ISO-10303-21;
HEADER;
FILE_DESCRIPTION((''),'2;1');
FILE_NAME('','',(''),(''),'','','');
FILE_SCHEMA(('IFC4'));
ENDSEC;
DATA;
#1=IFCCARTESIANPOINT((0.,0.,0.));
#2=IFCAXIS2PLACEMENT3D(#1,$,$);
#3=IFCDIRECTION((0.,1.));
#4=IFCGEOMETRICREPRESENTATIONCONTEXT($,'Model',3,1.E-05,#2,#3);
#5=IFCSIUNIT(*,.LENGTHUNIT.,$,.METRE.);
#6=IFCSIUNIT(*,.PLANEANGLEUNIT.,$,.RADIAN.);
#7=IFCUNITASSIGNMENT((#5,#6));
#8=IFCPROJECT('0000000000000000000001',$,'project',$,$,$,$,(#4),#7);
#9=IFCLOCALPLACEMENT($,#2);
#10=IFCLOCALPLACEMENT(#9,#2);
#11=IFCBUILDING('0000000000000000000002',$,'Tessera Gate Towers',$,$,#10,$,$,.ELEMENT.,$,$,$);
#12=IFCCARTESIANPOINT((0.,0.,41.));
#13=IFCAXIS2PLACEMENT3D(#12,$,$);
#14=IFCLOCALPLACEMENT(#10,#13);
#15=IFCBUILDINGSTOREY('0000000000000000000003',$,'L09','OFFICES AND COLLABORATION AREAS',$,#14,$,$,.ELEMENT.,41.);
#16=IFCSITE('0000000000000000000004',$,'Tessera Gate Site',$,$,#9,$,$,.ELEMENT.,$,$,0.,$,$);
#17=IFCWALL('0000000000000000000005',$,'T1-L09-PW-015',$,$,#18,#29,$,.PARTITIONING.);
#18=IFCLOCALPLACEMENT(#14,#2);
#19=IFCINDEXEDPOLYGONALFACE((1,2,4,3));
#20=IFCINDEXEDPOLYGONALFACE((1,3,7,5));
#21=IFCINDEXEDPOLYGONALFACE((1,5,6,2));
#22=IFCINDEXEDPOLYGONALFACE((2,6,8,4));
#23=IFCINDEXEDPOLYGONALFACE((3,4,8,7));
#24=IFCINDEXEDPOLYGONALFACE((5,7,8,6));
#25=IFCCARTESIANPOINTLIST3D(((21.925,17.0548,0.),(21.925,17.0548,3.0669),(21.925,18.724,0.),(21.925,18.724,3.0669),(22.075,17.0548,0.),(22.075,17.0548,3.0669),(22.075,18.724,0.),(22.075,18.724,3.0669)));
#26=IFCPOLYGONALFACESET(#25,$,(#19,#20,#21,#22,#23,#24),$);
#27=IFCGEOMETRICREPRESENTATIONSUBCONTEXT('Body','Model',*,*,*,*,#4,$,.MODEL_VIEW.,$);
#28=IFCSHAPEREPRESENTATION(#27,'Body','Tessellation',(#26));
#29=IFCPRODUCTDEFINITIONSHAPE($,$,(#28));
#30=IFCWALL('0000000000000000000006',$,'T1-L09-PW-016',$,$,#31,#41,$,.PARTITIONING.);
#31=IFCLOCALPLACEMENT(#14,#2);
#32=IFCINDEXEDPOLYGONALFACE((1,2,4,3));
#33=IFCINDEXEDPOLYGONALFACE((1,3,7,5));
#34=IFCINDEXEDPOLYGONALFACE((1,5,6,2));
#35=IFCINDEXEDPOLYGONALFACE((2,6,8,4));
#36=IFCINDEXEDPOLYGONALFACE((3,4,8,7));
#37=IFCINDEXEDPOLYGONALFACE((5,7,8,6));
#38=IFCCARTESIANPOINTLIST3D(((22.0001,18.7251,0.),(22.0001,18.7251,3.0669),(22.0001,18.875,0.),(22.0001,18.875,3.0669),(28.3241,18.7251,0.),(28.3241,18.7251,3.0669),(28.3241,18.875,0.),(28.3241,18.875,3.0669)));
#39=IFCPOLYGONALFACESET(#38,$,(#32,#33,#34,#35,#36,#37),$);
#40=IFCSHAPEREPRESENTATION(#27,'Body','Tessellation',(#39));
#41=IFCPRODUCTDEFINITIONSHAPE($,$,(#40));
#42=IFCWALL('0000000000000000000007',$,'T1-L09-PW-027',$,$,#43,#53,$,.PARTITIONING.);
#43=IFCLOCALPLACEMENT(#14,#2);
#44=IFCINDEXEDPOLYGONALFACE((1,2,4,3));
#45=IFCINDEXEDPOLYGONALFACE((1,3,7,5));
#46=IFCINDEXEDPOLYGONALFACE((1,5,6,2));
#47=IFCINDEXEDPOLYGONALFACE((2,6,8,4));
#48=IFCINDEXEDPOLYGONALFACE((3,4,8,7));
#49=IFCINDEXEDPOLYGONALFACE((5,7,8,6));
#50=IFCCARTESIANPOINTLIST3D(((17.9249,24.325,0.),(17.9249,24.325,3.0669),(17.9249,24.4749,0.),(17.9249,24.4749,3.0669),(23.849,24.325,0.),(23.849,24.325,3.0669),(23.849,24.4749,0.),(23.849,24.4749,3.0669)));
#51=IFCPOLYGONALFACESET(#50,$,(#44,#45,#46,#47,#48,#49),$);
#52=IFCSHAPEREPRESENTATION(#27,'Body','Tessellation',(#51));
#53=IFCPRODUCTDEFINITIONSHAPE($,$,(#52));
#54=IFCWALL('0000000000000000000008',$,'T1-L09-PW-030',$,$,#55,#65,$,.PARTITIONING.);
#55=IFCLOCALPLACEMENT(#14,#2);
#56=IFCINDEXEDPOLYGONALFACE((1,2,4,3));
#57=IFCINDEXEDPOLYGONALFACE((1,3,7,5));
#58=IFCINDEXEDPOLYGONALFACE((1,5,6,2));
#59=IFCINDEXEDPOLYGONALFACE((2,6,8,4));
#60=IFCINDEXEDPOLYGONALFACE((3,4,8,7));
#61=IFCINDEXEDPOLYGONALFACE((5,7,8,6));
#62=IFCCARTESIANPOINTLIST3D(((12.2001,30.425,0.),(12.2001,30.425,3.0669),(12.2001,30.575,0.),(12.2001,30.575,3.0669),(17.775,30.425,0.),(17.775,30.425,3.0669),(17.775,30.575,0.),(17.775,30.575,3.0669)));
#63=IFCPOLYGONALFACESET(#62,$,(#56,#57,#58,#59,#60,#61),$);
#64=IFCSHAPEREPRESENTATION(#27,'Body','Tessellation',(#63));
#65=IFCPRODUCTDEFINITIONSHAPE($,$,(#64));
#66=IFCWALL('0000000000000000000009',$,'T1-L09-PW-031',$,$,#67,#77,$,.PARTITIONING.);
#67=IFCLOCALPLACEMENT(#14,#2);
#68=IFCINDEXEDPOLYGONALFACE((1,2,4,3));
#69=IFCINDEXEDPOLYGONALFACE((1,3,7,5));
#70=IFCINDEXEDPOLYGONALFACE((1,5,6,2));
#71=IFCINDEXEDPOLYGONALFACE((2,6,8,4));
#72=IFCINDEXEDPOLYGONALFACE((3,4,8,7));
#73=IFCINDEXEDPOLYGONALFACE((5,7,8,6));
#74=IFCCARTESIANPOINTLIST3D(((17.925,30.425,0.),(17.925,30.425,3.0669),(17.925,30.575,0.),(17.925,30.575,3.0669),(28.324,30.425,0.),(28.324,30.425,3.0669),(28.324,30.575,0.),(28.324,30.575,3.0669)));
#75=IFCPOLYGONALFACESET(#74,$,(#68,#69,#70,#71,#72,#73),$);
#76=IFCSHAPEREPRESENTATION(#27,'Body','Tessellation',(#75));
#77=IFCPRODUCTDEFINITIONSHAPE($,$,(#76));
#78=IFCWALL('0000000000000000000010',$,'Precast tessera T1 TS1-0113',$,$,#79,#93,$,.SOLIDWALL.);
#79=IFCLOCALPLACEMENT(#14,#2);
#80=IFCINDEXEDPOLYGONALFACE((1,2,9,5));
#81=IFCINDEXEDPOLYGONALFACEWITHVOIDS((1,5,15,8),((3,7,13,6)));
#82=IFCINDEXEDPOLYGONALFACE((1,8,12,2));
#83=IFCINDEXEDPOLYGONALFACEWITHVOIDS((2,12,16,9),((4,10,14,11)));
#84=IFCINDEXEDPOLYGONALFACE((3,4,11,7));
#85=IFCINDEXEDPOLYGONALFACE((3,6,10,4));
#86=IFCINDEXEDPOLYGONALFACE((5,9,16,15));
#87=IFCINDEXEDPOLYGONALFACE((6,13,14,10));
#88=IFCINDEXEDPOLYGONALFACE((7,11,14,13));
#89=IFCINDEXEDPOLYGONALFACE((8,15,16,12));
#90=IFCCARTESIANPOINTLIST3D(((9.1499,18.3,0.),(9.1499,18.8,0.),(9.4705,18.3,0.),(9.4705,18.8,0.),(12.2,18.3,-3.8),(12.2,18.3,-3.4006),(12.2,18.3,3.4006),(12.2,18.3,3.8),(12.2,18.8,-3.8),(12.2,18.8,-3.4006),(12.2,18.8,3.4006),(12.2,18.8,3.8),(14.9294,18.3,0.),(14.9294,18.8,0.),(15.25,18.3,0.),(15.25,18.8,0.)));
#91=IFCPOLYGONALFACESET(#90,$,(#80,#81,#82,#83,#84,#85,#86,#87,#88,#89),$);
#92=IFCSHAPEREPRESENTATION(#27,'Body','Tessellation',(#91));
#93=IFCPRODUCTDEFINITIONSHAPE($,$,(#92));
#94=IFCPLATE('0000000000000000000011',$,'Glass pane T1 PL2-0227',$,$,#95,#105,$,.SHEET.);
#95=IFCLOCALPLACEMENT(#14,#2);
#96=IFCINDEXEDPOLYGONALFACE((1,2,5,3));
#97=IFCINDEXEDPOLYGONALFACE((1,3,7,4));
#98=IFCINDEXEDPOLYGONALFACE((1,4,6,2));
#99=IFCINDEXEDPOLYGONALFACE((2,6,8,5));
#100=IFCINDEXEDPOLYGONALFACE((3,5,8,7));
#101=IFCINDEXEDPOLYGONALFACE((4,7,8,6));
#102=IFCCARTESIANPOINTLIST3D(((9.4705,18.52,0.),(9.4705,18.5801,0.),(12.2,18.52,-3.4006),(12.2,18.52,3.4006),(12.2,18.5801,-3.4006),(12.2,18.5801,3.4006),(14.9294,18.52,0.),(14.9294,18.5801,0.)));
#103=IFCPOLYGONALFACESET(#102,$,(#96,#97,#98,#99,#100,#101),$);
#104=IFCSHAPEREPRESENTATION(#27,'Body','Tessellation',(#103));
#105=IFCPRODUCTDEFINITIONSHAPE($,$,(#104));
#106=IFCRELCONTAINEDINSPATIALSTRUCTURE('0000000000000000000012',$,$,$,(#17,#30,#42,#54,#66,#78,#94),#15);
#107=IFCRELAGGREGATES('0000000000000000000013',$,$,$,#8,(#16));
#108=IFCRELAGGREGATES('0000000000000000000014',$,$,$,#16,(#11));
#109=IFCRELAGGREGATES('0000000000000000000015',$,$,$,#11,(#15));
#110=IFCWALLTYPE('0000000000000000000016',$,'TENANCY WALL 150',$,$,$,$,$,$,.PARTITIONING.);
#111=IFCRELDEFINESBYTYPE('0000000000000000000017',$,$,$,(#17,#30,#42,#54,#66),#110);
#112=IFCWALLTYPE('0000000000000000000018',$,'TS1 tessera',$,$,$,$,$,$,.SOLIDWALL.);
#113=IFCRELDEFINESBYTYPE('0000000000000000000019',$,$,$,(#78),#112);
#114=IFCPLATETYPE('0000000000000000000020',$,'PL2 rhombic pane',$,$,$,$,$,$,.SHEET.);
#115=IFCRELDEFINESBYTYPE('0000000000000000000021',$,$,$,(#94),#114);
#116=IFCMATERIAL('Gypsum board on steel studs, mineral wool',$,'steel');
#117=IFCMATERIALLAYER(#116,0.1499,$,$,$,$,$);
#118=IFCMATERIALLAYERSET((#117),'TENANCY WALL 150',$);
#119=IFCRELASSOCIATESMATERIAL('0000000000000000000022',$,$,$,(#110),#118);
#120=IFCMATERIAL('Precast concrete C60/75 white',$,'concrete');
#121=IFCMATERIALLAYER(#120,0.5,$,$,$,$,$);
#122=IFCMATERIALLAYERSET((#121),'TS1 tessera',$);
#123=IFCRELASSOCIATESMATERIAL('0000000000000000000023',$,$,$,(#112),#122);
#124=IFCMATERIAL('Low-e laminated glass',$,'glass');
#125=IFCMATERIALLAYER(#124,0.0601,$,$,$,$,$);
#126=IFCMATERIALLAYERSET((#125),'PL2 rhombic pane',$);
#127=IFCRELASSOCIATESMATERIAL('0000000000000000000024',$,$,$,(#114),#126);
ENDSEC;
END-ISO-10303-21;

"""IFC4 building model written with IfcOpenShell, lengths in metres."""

from ifc_helpers import new_model, si_unit, direction, frame, frame_2d, origin, place, context, subcontext, project, spatial, polyline, rectangle, outline, extrude, source, transform, mapped, material, layer, layer_set, type_object, element, fill, save


model = new_model("IFC4")

# Units and contexts
model_context = context("Model", 3, precision=1e-05, world=origin(), true_north=direction((0.0, 1.0)))
body_context = subcontext(model_context, "Body", "Model", "MODEL_VIEW")
ifc_project = project(units=[si_unit("LENGTHUNIT", "METRE"), si_unit("PLANEANGLEUNIT", "RADIAN")], contexts=[model_context])

# Site, building, storey
site_placement = place(None, origin())
site = spatial("IfcSite", under=ifc_project, at=site_placement, Name="Tessera Gate Site", CompositionType="ELEMENT", RefElevation=0.0)
building_placement = place(site_placement, origin())
building = spatial("IfcBuilding", under=site, at=building_placement, Name="Tessera Gate Towers", CompositionType="ELEMENT")
storey_placement = place(building_placement, frame((0.0, 0.0, 41.0)))
storey = spatial("IfcBuildingStorey", under=building, at=storey_placement, Name="L09", Description="OFFICES AND COLLABORATION AREAS", CompositionType="ELEMENT", Elevation=41.0)

# Walls
ifc_material_1 = material(Name="Gypsum board on steel studs, mineral wool", Category="steel")
ifc_layer_1 = layer(ifc_material_1, 0.1499)
ifc_layer_set_1 = layer_set([ifc_layer_1], Name="TENANCY WALL 150")
wall_type_1 = type_object("IfcWallType", Name="TENANCY WALL 150", PredefinedType="PARTITIONING", material=ifc_layer_set_1)
wall_1_placement = place(storey_placement, frame((22.0, 17.0549, 0.0), z_axis=(0.0, 0.0, 1.0), x_axis=(0.0, 1.0, 0.0)))
element("IfcWall", 1, at=wall_1_placement, inside=storey, type_object=wall_type_1, Name="T1-L09-PW-015", PredefinedType="PARTITIONING", context=body_context, shape_type="SweptSolid", body=[
    extrude(rectangle(XDim=1.6692, YDim=0.1499, at=frame_2d((0.8345, 0.0))), origin(), (0.0, 0.0, 1.0), 3.0669),
])
wall_2_placement = place(storey_placement, frame((22.0, 18.8, 0.0), z_axis=(0.0, 0.0, 1.0), x_axis=(1.0, 0.0, 0.0)))
element("IfcWall", 2, at=wall_2_placement, inside=storey, type_object=wall_type_1, Name="T1-L09-PW-016", PredefinedType="PARTITIONING", context=body_context, shape_type="SweptSolid", body=[
    extrude(rectangle(XDim=6.324, YDim=0.1499, at=frame_2d((3.1621, 0.0))), origin(), (0.0, 0.0, 1.0), 3.0669),
])
wall_3_placement = place(storey_placement, frame((17.925, 24.3999, 0.0), z_axis=(0.0, 0.0, 1.0), x_axis=(1.0, 0.0, 0.0)))
element("IfcWall", 3, at=wall_3_placement, inside=storey, type_object=wall_type_1, Name="T1-L09-PW-027", PredefinedType="PARTITIONING", context=body_context, shape_type="SweptSolid", body=[
    extrude(rectangle(XDim=5.9241, YDim=0.1499, at=frame_2d((2.9619, 0.0))), origin(), (0.0, 0.0, 1.0), 3.0669),
])
wall_4_placement = place(storey_placement, frame((12.2, 30.5, 0.0), z_axis=(0.0, 0.0, 1.0), x_axis=(1.0, 0.0, 0.0)))
element("IfcWall", 4, at=wall_4_placement, inside=storey, type_object=wall_type_1, Name="T1-L09-PW-030", PredefinedType="PARTITIONING", context=body_context, shape_type="SweptSolid", body=[
    extrude(rectangle(XDim=5.575, YDim=0.1499, at=frame_2d((2.7876, 0.0))), origin(), (0.0, 0.0, 1.0), 3.0669),
])
wall_5_placement = place(storey_placement, frame((17.925, 30.5, 0.0), z_axis=(0.0, 0.0, 1.0), x_axis=(1.0, 0.0, 0.0)))
element("IfcWall", 5, at=wall_5_placement, inside=storey, type_object=wall_type_1, Name="T1-L09-PW-031", PredefinedType="PARTITIONING", context=body_context, shape_type="SweptSolid", body=[
    extrude(rectangle(XDim=10.3989, YDim=0.1499, at=frame_2d((5.1995, 0.0))), origin(), (0.0, 0.0, 1.0), 3.0669),
])

# Wall, opening, plate
ifc_material_2 = material(Name="Precast concrete C60/75 white", Category="concrete")
ifc_layer_2 = layer(ifc_material_2, 0.5)
ifc_layer_set_2 = layer_set([ifc_layer_2], Name="TS1 tessera")
wall_type_2 = type_object("IfcWallType", Name="TS1 tessera", PredefinedType="SOLIDWALL", material=ifc_layer_set_2)
shared_shape_1 = source(origin(), body_context, "Body", "SweptSolid", [
    extrude(outline(polyline([(3.05, 0.0), (6.1001, 3.8), (3.05, 7.6001), (0.0, 3.8), (3.05, 0.0)])), frame((0.0, 0.25, 0.0), z_axis=(0.0, -1.0, 0.0), x_axis=(1.0, 0.0, 0.0)), (0.0, 0.0, 1.0), 0.5),
])
wall_6_placement = place(storey_placement, frame((9.1499, 18.55, -3.8), z_axis=(0.0, 0.0, 1.0), x_axis=(1.0, 0.0, 0.0)))
wall_6 = element("IfcWall", 6, at=wall_6_placement, inside=storey, type_object=wall_type_2, Name="Precast tessera T1 TS1-0113", PredefinedType="SOLIDWALL", context=body_context, shape_type="MappedRepresentation", body=[
    mapped(shared_shape_1, transform((0.0, 0.0, 0.0), scale=1.0)),
])
shared_shape_2 = source(origin(), body_context, "Body", "SweptSolid", [
    extrude(outline(polyline([(3.05, 0.3994), (5.7795, 3.8), (3.05, 7.2007), (0.3206, 3.8), (3.05, 0.3994)])), frame((0.0, 0.26, 0.0), z_axis=(0.0, -1.0, 0.0), x_axis=(1.0, 0.0, 0.0)), (0.0, 0.0, 1.0), 0.52),
])
opening_1_placement = place(wall_6_placement, origin())
opening_1 = element("IfcOpeningElement", 7, at=opening_1_placement, cuts=wall_6, PredefinedType="OPENING", context=body_context, shape_type="MappedRepresentation", body=[
    mapped(shared_shape_2, transform((0.0, 0.0, 0.0), scale=1.0)),
])
ifc_material_3 = material(Name="Low-e laminated glass", Category="glass")
ifc_layer_3 = layer(ifc_material_3, 0.0601)
ifc_layer_set_3 = layer_set([ifc_layer_3], Name="PL2 rhombic pane")
plate_type = type_object("IfcPlateType", Name="PL2 rhombic pane", PredefinedType="SHEET", material=ifc_layer_set_3)
shared_shape_3 = source(origin(), body_context, "Body", "SweptSolid", [
    extrude(outline(polyline([(3.05, 0.3994), (5.7795, 3.8), (3.05, 7.2007), (0.3206, 3.8), (3.05, 0.3994)])), frame((0.0, 0.03, 0.0), z_axis=(0.0, -1.0, 0.0), x_axis=(1.0, 0.0, 0.0)), (0.0, 0.0, 1.0), 0.0601),
])
plate_placement = place(opening_1_placement, origin())
plate = element("IfcPlate", 8, at=plate_placement, inside=storey, type_object=plate_type, Name="Glass pane T1 PL2-0227", PredefinedType="SHEET", context=body_context, shape_type="MappedRepresentation", body=[
    mapped(shared_shape_3, transform((0.0, 0.0, 0.0), scale=1.0)),
])
fill(opening_1, plate)

save(model, "model.ifc")
